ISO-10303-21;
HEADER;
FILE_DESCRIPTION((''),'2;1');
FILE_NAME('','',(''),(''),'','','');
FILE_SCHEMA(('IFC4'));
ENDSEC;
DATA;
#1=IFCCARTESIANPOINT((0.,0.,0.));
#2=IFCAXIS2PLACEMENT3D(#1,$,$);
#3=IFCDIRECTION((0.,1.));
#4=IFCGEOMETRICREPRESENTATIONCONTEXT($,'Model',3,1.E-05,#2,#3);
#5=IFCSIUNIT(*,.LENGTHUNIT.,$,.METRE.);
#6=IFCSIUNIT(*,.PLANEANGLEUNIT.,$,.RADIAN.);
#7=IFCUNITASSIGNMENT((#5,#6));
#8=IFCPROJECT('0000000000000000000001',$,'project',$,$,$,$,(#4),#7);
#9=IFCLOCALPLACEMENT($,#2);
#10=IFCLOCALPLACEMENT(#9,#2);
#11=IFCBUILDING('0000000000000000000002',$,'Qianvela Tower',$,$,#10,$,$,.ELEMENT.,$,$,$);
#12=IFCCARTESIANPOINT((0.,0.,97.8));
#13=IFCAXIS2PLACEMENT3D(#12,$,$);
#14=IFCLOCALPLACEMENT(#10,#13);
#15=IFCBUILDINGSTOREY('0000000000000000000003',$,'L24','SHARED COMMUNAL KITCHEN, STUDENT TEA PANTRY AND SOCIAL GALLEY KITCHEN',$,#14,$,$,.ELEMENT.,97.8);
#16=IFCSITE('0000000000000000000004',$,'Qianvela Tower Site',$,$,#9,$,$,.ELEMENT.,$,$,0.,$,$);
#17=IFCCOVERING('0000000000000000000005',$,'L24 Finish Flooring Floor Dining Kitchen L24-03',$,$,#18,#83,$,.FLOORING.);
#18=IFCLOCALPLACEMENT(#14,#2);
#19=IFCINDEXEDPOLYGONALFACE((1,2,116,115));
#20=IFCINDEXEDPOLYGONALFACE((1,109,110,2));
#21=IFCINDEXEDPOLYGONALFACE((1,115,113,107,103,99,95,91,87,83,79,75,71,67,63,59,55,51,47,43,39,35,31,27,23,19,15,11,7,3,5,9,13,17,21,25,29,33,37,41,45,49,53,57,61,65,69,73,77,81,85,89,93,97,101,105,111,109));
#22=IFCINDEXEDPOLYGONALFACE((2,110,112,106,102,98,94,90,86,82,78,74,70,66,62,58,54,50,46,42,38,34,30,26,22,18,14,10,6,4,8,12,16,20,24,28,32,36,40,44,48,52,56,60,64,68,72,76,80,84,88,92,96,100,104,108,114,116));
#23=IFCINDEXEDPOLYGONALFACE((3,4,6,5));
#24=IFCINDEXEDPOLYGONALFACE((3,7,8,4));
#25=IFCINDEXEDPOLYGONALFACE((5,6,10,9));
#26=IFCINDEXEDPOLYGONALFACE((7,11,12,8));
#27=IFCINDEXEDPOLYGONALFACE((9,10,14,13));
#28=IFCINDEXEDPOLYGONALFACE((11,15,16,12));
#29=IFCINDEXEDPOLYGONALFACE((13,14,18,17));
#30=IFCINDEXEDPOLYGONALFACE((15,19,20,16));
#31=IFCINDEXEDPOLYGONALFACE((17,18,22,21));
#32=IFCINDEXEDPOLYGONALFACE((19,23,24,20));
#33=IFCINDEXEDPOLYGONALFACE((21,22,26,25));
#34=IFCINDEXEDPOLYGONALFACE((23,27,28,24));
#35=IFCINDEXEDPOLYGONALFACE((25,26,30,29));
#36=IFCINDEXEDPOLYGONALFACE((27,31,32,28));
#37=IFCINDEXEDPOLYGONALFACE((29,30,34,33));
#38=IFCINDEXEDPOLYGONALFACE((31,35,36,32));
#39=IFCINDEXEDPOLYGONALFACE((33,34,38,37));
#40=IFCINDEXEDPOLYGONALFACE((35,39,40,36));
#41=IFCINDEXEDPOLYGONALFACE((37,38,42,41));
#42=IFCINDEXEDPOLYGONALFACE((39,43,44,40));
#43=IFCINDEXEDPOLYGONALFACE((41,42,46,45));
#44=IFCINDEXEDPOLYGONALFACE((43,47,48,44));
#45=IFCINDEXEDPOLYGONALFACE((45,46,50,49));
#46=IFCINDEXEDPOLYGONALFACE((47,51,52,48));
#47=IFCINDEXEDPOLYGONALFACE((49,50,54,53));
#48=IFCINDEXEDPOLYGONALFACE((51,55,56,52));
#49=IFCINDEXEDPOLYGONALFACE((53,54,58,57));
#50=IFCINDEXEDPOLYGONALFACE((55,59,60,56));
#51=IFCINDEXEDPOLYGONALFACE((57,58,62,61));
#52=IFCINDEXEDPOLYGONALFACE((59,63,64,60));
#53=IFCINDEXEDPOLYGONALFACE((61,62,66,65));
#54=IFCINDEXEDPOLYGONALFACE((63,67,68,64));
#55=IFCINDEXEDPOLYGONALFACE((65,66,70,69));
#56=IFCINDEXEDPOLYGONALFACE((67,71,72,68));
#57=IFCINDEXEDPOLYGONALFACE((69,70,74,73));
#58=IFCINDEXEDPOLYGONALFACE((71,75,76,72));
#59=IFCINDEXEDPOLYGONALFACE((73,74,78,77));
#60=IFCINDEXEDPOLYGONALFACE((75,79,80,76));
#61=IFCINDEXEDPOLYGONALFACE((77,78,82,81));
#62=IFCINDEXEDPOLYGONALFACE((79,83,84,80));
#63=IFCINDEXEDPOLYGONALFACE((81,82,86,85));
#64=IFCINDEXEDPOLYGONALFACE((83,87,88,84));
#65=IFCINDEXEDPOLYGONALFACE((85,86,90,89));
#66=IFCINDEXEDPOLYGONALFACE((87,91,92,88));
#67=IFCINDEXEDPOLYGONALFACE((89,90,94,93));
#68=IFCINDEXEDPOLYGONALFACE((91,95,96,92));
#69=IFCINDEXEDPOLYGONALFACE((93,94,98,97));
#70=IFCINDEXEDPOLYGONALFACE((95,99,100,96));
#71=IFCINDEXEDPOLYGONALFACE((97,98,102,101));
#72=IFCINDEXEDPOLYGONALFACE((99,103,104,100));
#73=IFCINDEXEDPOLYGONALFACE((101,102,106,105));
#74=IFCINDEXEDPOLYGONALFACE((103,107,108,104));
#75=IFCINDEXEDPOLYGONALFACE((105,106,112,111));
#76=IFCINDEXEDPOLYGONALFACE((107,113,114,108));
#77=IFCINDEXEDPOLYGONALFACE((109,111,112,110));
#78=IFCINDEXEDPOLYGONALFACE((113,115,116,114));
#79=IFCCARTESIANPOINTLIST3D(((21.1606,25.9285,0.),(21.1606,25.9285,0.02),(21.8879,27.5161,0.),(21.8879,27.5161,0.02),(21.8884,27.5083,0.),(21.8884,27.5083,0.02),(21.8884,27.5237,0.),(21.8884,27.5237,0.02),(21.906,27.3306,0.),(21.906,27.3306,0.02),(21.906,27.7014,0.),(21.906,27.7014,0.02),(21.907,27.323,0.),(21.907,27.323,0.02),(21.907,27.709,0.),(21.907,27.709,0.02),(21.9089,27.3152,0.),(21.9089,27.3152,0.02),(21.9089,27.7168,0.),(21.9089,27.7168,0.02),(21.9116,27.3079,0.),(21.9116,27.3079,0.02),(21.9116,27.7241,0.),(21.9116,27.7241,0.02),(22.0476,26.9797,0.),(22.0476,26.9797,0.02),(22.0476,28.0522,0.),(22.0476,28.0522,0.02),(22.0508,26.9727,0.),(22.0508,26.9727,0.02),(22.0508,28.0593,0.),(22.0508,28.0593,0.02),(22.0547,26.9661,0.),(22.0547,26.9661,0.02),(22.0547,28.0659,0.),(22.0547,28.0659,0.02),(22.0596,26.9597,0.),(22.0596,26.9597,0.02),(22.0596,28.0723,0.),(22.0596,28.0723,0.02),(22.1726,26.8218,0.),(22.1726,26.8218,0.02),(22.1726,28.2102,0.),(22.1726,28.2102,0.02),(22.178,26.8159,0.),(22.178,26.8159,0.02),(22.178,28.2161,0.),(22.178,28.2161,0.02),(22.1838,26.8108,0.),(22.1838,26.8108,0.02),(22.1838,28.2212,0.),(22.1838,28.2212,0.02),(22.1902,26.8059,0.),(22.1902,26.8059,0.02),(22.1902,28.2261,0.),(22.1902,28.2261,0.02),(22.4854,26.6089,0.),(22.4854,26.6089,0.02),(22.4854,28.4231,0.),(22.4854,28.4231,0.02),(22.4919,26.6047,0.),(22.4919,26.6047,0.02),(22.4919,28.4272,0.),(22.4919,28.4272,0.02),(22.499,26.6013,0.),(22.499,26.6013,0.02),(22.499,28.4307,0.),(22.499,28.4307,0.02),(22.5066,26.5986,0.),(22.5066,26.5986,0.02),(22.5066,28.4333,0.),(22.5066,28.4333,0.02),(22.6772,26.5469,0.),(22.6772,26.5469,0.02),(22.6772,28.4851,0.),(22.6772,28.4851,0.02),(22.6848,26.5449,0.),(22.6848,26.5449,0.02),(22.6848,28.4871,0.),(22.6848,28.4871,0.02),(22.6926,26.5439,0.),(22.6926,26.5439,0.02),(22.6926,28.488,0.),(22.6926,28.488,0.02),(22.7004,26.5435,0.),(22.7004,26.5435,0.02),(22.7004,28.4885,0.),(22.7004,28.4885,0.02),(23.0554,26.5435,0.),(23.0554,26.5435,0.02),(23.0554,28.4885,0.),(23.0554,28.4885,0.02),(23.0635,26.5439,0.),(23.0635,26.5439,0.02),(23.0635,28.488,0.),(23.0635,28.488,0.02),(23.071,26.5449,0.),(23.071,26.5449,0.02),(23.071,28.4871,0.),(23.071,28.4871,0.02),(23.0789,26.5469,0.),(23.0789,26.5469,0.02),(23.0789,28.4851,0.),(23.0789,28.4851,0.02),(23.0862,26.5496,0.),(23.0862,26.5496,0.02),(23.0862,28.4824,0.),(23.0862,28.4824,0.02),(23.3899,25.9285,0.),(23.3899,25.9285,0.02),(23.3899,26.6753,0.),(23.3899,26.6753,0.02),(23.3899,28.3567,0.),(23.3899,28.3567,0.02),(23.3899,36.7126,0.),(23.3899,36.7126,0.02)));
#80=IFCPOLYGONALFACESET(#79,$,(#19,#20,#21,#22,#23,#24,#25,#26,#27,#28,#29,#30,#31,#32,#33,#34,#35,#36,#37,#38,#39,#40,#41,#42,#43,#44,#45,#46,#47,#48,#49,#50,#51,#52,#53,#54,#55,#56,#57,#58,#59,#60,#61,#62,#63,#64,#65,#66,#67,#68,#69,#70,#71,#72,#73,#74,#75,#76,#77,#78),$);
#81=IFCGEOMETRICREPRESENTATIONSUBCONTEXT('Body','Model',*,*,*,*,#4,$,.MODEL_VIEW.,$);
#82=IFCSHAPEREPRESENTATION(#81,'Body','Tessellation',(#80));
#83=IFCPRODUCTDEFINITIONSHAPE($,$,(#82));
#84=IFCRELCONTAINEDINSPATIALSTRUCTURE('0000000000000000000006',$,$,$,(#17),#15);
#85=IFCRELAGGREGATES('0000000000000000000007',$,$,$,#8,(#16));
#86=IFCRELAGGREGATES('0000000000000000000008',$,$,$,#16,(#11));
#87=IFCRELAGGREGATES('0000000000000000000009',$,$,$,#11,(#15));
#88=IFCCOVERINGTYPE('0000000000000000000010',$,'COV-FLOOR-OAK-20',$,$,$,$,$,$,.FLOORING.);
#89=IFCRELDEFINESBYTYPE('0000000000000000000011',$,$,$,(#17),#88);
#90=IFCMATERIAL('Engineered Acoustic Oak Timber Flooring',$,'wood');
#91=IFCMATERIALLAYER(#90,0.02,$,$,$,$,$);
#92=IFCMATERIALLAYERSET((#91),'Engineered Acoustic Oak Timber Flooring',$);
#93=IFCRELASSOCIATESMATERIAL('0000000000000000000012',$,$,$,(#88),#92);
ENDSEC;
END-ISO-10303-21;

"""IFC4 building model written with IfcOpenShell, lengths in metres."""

from ifc_helpers import new_model, si_unit, direction, frame, origin, place, context, subcontext, project, spatial, polyline, outline, extrude, material, layer, layer_set, type_object, element, save


model = new_model("IFC4")

# Units and contexts
model_context = context("Model", 3, precision=1e-05, world=origin(), true_north=direction((0.0, 1.0)))
body_context = subcontext(model_context, "Body", "Model", "MODEL_VIEW")
ifc_project = project(units=[si_unit("LENGTHUNIT", "METRE"), si_unit("PLANEANGLEUNIT", "RADIAN")], contexts=[model_context])

# Site, building, storey
site_placement = place(None, origin())
site = spatial("IfcSite", under=ifc_project, at=site_placement, Name="Qianvela Tower Site", CompositionType="ELEMENT", RefElevation=0.0)
building_placement = place(site_placement, origin())
building = spatial("IfcBuilding", under=site, at=building_placement, Name="Qianvela Tower", CompositionType="ELEMENT")
storey_placement = place(building_placement, frame((0.0, 0.0, 97.8)))
storey = spatial("IfcBuildingStorey", under=building, at=storey_placement, Name="L24", Description="SHARED COMMUNAL KITCHEN, STUDENT TEA PANTRY AND SOCIAL GALLEY KITCHEN", CompositionType="ELEMENT", Elevation=97.8)

# Covering
ifc_material_1 = material(Name="Engineered Acoustic Oak Timber Flooring", Category="wood")
ifc_layer_1 = layer(ifc_material_1, 0.02)
ifc_layer_set_1 = layer_set([ifc_layer_1], Name="Engineered Acoustic Oak Timber Flooring")
covering_type_1 = type_object("IfcCoveringType", Name="COV-FLOOR-OAK-20", PredefinedType="FLOORING", material=ifc_layer_set_1)
covering_1_placement = place(storey_placement, origin())
element("IfcCovering", 1, at=covering_1_placement, inside=storey, type_object=covering_type_1, Name="L24 Finish Flooring Floor Dining Kitchen L24-03", PredefinedType="FLOORING", context=body_context, shape_type="SweptSolid", body=[
    extrude(outline(polyline([(23.3899, 26.6753), (23.3899, 25.9285), (21.1606, 25.9285), (23.3899, 36.7126), (23.3899, 28.3567), (23.0862, 28.4824), (23.0789, 28.4851), (23.071, 28.4871), (23.0635, 28.488), (23.0554, 28.4885), (22.7004, 28.4885), (22.6926, 28.488), (22.6848, 28.4871), (22.6772, 28.4851), (22.5066, 28.4333), (22.499, 28.4307), (22.4919, 28.4272), (22.4854, 28.4231), (22.1902, 28.2261), (22.1838, 28.2212), (22.178, 28.2161), (22.1726, 28.2102), (22.0596, 28.0723), (22.0547, 28.0659), (22.0508, 28.0593), (22.0476, 28.0522), (21.9116, 27.7241), (21.9089, 27.7168), (21.907, 27.709), (21.906, 27.7014), (21.8884, 27.5237), (21.8879, 27.5161), (21.8884, 27.5083), (21.906, 27.3306), (21.907, 27.323), (21.9089, 27.3152), (21.9116, 27.3079), (22.0476, 26.9797), (22.0508, 26.9727), (22.0547, 26.9661), (22.0596, 26.9597), (22.1726, 26.8218), (22.178, 26.8159), (22.1838, 26.8108), (22.1902, 26.8059), (22.4854, 26.6089), (22.4919, 26.6047), (22.499, 26.6013), (22.5066, 26.5986), (22.6772, 26.5469), (22.6848, 26.5449), (22.6926, 26.5439), (22.7004, 26.5435), (23.0554, 26.5435), (23.0635, 26.5439), (23.071, 26.5449), (23.0789, 26.5469), (23.0862, 26.5496), (23.3899, 26.6753)])), origin(), (0.0, 0.0, 1.0), 0.02),
])

save(model, "model.ifc")
